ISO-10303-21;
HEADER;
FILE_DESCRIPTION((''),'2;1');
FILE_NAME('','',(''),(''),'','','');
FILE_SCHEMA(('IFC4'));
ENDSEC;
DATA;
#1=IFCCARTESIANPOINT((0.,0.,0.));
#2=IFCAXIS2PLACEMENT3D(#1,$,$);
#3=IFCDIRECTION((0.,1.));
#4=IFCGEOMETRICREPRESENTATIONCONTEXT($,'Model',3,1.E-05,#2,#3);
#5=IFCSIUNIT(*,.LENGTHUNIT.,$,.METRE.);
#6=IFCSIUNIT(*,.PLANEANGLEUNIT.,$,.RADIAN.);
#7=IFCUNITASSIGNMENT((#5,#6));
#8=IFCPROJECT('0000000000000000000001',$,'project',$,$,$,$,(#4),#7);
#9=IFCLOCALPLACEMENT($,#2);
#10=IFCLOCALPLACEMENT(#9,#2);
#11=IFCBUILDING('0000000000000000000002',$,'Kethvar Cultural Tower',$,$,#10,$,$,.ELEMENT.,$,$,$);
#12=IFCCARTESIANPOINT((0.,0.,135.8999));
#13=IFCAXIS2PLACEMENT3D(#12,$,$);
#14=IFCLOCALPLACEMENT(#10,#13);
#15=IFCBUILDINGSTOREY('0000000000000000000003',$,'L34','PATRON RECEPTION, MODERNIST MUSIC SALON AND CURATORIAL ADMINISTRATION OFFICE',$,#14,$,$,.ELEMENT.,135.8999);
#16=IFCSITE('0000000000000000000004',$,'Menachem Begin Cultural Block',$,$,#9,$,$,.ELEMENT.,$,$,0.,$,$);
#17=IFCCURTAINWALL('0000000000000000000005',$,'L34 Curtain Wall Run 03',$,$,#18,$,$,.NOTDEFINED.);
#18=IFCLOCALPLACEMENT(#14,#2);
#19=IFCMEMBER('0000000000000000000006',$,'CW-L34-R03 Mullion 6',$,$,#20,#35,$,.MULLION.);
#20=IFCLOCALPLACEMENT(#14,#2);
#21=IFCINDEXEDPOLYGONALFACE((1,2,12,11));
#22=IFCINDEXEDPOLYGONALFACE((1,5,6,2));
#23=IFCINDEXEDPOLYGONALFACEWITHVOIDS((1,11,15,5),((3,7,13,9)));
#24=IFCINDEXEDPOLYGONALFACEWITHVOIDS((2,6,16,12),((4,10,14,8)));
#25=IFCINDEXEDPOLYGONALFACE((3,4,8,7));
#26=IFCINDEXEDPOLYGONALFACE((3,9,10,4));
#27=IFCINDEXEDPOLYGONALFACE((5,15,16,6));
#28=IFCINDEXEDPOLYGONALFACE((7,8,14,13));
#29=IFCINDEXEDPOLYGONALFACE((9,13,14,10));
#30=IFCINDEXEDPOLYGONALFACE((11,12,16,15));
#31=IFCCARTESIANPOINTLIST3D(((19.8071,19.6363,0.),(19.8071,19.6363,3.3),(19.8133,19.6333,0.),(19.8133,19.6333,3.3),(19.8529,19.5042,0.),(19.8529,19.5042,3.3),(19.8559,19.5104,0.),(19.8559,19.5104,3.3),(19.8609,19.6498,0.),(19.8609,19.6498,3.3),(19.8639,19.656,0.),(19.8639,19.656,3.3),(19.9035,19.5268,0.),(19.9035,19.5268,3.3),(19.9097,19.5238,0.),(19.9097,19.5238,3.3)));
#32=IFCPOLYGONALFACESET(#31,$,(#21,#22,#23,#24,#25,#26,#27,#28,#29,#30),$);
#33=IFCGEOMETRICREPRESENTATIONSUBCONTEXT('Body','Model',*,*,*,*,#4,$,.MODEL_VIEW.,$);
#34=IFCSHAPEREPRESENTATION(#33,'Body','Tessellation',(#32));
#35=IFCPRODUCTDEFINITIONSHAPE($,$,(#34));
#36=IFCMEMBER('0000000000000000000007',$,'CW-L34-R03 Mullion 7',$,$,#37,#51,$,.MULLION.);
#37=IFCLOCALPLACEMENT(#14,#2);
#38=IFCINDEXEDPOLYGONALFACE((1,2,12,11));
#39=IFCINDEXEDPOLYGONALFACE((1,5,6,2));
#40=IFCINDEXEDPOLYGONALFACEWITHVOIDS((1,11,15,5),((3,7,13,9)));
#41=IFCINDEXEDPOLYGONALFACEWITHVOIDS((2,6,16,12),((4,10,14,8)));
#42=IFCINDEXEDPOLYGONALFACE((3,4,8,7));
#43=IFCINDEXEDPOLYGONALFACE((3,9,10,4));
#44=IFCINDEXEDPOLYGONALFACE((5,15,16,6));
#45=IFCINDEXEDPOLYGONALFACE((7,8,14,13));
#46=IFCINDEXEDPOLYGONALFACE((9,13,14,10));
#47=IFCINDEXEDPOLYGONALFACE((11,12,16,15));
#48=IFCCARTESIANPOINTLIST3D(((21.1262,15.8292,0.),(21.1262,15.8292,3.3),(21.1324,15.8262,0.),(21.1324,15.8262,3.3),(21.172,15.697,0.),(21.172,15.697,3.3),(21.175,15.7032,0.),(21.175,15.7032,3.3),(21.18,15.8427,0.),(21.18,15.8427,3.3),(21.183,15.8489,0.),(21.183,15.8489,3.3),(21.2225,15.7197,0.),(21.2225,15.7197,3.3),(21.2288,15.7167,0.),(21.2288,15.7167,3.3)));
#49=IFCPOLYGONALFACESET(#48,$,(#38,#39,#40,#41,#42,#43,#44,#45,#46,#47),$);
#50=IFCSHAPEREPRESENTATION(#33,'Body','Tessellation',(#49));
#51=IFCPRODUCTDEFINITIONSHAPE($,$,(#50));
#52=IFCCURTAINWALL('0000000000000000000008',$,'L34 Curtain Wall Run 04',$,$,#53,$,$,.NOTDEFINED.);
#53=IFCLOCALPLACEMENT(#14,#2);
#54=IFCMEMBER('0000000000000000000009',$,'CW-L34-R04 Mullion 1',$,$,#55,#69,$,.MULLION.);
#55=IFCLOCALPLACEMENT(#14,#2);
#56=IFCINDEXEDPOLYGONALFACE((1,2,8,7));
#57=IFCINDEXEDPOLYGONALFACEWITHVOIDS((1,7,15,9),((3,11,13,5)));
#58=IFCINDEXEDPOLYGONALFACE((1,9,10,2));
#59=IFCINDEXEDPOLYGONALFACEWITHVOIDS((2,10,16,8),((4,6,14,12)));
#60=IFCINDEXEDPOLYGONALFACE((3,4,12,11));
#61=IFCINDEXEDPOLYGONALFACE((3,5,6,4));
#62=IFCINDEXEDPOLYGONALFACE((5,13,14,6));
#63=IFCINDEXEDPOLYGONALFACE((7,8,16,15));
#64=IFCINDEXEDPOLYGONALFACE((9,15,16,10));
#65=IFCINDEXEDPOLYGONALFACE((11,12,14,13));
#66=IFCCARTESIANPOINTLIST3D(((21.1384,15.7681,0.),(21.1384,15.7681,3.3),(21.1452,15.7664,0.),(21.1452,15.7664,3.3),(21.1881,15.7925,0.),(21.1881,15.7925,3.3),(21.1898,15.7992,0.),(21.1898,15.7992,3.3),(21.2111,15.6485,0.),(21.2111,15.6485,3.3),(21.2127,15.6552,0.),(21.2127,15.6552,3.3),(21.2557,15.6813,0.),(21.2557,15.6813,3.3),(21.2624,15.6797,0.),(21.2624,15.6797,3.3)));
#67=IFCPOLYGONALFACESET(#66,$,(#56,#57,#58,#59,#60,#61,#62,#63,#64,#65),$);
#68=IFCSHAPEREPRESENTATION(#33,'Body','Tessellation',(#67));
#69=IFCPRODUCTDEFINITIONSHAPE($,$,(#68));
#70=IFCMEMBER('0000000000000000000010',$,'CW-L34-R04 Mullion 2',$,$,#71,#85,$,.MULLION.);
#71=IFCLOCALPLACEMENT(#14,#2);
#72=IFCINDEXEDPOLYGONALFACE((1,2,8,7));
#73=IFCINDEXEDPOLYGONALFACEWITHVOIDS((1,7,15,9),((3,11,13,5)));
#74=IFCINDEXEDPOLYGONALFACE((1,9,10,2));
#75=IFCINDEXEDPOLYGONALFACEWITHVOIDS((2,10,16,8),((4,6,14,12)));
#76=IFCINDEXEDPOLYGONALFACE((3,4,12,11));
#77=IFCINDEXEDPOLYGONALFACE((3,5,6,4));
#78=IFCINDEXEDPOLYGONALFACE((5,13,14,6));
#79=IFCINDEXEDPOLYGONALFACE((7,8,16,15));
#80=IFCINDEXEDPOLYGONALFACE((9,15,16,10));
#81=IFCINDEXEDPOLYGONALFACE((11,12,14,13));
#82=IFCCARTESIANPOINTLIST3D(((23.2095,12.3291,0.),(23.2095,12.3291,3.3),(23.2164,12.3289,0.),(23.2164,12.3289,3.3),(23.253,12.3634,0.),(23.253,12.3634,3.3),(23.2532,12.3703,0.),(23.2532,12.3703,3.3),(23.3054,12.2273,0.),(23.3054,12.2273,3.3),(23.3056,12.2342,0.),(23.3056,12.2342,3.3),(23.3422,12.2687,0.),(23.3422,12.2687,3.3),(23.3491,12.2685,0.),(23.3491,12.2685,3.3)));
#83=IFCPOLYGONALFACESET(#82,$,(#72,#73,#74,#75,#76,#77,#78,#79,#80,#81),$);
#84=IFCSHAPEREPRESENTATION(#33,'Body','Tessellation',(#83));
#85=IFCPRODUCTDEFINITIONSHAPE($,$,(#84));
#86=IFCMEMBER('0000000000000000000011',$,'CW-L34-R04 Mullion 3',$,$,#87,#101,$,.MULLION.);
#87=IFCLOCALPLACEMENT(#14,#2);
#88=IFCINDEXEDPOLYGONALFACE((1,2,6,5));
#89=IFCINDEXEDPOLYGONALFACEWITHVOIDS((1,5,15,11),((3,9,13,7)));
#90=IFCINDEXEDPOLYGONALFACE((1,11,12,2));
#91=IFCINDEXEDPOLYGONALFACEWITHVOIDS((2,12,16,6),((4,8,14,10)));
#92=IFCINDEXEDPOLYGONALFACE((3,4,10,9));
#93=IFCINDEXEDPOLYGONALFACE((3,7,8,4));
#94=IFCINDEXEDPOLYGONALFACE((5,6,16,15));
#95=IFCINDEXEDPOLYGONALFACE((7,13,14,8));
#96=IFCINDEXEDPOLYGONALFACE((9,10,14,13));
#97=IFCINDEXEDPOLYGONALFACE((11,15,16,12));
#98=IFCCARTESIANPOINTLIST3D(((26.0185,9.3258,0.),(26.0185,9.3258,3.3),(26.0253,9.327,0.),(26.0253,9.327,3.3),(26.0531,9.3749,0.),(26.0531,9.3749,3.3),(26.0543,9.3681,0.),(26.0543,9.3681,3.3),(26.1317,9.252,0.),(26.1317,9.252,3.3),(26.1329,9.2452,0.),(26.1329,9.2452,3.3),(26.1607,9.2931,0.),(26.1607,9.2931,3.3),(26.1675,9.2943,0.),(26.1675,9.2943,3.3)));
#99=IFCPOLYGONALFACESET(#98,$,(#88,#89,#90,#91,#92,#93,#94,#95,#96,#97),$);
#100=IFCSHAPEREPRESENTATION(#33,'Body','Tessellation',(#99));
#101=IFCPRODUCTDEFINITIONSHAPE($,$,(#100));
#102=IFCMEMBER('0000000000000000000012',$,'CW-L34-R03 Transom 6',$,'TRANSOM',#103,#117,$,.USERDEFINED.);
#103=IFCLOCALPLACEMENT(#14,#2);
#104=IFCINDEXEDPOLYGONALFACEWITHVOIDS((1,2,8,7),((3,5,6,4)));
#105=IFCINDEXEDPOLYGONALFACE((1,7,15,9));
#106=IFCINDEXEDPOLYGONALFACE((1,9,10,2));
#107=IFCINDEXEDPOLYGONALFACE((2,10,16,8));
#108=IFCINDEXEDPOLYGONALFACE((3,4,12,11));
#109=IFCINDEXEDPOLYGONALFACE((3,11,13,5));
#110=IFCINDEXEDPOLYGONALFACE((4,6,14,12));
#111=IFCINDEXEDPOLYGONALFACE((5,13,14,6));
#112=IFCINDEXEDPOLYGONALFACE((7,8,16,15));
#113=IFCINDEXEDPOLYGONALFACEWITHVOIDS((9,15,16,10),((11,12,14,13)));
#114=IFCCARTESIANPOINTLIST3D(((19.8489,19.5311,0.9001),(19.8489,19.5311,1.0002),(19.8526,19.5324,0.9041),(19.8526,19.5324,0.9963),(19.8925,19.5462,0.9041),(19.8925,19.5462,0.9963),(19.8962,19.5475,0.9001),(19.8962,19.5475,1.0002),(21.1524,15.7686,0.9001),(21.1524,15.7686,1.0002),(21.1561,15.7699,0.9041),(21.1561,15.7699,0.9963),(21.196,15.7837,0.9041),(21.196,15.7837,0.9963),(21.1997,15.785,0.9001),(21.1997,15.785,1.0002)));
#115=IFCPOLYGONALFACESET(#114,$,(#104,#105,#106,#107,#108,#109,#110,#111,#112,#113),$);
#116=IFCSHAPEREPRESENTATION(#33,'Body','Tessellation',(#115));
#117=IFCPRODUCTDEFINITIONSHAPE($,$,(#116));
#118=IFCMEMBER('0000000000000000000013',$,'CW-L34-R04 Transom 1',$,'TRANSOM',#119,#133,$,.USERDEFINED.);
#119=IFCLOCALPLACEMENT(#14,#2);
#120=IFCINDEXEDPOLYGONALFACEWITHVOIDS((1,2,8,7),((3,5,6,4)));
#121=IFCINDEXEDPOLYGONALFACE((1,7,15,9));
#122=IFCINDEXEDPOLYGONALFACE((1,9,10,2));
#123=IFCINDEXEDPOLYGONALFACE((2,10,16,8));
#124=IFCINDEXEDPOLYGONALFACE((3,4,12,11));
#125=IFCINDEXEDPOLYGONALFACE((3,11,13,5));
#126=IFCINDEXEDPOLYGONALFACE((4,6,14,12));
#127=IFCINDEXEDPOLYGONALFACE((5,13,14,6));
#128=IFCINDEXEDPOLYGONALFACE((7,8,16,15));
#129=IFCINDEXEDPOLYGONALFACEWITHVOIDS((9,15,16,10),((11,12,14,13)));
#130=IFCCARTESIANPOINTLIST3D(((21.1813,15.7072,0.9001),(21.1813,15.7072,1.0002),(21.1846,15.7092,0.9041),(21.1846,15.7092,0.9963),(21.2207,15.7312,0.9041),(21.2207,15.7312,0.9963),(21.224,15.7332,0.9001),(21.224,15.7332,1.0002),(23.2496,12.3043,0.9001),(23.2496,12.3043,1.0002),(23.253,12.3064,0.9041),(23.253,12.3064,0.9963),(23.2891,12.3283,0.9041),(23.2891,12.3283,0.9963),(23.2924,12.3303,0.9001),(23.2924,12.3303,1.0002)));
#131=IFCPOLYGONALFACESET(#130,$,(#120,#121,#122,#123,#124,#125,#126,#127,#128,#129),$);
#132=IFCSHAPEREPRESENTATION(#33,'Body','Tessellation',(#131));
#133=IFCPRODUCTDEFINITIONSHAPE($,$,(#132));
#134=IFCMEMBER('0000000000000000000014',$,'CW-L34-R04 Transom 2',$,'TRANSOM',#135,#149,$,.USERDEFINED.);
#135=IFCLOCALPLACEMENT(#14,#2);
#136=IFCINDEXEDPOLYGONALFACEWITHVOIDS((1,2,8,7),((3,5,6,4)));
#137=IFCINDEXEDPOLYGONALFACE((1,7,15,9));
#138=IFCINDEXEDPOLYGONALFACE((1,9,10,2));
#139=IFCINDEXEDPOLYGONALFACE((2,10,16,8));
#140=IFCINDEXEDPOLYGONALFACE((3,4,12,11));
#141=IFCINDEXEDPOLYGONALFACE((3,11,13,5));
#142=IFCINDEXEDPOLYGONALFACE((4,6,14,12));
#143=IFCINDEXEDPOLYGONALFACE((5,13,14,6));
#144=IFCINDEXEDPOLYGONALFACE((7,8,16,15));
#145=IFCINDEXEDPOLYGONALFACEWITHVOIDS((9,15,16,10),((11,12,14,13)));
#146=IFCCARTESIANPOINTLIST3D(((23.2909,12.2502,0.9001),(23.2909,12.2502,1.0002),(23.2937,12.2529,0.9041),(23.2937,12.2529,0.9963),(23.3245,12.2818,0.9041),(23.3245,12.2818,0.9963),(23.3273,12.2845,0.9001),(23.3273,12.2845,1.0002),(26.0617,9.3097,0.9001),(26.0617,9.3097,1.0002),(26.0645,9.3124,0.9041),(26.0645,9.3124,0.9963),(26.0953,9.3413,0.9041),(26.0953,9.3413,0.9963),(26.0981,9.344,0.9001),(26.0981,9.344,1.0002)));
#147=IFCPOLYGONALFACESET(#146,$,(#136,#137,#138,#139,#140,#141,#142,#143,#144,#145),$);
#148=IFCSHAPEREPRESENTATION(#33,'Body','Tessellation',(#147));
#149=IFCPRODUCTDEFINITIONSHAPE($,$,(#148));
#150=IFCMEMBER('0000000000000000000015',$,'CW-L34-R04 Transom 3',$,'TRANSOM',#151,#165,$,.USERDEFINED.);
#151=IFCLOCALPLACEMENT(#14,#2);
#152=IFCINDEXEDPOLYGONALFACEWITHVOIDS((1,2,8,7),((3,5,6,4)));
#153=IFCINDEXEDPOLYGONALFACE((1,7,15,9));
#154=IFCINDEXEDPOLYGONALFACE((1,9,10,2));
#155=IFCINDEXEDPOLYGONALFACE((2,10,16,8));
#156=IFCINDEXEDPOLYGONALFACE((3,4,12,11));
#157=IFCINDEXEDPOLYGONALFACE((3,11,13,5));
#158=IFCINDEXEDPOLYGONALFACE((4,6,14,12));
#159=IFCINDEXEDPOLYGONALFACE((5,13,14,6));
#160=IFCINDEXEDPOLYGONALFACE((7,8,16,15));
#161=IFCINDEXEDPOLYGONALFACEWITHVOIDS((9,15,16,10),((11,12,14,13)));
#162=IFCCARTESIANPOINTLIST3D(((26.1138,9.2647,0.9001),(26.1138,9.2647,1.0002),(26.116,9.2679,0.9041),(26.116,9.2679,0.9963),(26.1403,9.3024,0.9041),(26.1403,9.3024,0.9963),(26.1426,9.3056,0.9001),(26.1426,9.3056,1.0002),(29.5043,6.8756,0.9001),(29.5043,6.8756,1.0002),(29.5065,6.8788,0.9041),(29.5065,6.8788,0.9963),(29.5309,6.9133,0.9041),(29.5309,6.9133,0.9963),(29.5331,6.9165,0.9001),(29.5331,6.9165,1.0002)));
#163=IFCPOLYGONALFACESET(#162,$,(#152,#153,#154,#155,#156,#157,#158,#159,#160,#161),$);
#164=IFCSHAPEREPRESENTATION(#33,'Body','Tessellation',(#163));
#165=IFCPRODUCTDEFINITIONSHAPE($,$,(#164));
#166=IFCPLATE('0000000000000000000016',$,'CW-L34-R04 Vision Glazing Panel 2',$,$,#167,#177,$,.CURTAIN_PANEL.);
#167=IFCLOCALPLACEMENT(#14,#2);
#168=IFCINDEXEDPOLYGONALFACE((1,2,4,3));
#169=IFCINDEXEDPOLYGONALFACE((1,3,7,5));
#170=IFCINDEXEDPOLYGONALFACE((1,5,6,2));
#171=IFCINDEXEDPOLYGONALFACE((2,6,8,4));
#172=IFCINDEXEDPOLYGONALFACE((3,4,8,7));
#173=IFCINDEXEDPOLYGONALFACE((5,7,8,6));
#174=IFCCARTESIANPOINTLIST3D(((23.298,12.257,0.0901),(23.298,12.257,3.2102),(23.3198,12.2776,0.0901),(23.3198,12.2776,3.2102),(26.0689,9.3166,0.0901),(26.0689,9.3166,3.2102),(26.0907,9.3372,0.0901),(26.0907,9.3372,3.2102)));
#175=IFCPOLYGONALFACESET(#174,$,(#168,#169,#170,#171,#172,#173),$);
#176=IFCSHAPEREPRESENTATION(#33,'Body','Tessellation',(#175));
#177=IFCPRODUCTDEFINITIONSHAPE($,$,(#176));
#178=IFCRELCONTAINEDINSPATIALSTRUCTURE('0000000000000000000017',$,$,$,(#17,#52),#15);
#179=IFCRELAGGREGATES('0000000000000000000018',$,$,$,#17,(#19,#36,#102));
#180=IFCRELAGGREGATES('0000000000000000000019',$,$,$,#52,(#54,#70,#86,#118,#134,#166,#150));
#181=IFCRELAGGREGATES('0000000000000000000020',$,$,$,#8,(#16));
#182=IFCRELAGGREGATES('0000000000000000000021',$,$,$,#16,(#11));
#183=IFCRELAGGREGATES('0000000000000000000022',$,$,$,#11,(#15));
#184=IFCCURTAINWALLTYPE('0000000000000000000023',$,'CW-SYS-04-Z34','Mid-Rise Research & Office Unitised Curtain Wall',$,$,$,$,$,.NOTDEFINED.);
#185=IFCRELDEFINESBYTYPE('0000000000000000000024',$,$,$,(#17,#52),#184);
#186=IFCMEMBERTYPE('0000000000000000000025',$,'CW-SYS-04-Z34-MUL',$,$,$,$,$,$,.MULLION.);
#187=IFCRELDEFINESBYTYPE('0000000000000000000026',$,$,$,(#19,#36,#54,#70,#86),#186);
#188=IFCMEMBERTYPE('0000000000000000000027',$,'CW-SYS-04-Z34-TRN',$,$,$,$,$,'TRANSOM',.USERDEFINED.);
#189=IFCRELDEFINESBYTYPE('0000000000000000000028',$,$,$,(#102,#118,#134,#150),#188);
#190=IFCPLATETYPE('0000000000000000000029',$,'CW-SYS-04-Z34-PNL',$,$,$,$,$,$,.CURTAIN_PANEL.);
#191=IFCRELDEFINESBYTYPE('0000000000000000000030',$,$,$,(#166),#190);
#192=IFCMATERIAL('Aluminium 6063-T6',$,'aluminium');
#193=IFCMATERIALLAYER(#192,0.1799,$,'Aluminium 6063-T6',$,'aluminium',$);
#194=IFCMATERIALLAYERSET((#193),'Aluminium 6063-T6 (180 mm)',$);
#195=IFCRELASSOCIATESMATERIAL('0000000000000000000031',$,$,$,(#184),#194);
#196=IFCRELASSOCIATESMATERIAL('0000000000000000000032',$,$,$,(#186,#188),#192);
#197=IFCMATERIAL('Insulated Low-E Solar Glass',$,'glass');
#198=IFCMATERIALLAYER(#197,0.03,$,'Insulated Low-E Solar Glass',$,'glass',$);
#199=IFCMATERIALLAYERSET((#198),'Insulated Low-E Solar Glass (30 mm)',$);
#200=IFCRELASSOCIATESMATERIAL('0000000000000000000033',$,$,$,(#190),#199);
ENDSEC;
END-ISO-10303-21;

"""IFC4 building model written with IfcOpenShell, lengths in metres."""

from ifc_helpers import new_model, si_unit, direction, frame, origin, origin_2d, place, context, subcontext, project, spatial, rectangle, hollow_rectangle, extrude, source, transform, mapped, material, layer, layer_set, material_profile, profile_set, type_object, element, aggregate, save


model = new_model("IFC4")

# Units and contexts
model_context = context("Model", 3, precision=1e-05, world=origin(), true_north=direction((0.0, 1.0)))
body_context = subcontext(model_context, "Body", "Model", "MODEL_VIEW")
ifc_project = project(units=[si_unit("LENGTHUNIT", "METRE"), si_unit("PLANEANGLEUNIT", "RADIAN")], contexts=[model_context])

# Site, building, storey
site_placement = place(None, origin())
site = spatial("IfcSite", under=ifc_project, at=site_placement, Name="Menachem Begin Cultural Block", CompositionType="ELEMENT", RefElevation=0.0)
building_placement = place(site_placement, origin())
building = spatial("IfcBuilding", under=site, at=building_placement, Name="Kethvar Cultural Tower", CompositionType="ELEMENT")
storey_placement = place(building_placement, frame((0.0, 0.0, 135.8999)))
storey = spatial("IfcBuildingStorey", under=building, at=storey_placement, Name="L34", Description="PATRON RECEPTION, MODERNIST MUSIC SALON AND CURATORIAL ADMINISTRATION OFFICE", CompositionType="ELEMENT", Elevation=135.8999)

# Curtain walls, members
ifc_material_1 = material(Name="Aluminium 6063-T6", Category="aluminium")
ifc_layer_1 = layer(ifc_material_1, 0.1799, Name="Aluminium 6063-T6", Category="aluminium")
ifc_layer_set_1 = layer_set([ifc_layer_1], Name="Aluminium 6063-T6 (180 mm)")
curtain_wall_type = type_object("IfcCurtainWallType", Name="CW-SYS-04-Z34", Description="Mid-Rise Research & Office Unitised Curtain Wall", PredefinedType="NOTDEFINED", material=ifc_layer_set_1)
curtain_wall_1_placement = place(storey_placement, origin())
curtain_wall_1 = element("IfcCurtainWall", 1, at=curtain_wall_1_placement, inside=storey, type_object=curtain_wall_type, Name="L34 Curtain Wall Run 03", PredefinedType="NOTDEFINED")
ifc_material_profile_1 = material_profile(ifc_material_1, hollow_rectangle(XDim=0.0601, YDim=0.1399, WallThickness=0.0049, at=origin_2d()), Name="Aluminium 6063-T6 — RHS140x60x5")
ifc_profile_set_1 = profile_set([ifc_material_profile_1], Name="Aluminium 6063-T6 — RHS140x60x5")
member_type_1 = type_object("IfcMemberType", Name="CW-SYS-04-Z34-MUL", PredefinedType="MULLION", material=ifc_profile_set_1)
shared_shape_1 = source(origin(), body_context, "Body", "SweptSolid", [
    extrude(hollow_rectangle(XDim=0.0601, YDim=0.1399, WallThickness=0.0049, at=origin_2d()), origin(), (0.0, 0.0, 1.0), 3.3),
])
member_1_placement = place(storey_placement, frame((19.8584, 19.5801, 0.0), z_axis=(0.0, 0.0, 1.0), x_axis=(0.944903, 0.32735, 0.0)))
member_1 = element("IfcMember", 2, at=member_1_placement, type_object=member_type_1, Name="CW-L34-R03 Mullion 6", PredefinedType="MULLION", context=body_context, shape_type="MappedRepresentation", body=[
    mapped(shared_shape_1, transform((0.0, 0.0, 0.0), scale=1.0)),
])
member_2_placement = place(storey_placement, frame((21.1775, 15.7729, 0.0), z_axis=(0.0, 0.0, 1.0), x_axis=(0.944903, 0.32735, 0.0)))
member_2 = element("IfcMember", 3, at=member_2_placement, type_object=member_type_1, Name="CW-L34-R03 Mullion 7", PredefinedType="MULLION", context=body_context, shape_type="MappedRepresentation", body=[
    mapped(shared_shape_1, transform((0.0, 0.0, 0.0), scale=1.0)),
])
curtain_wall_2_placement = place(storey_placement, origin())
curtain_wall_2 = element("IfcCurtainWall", 4, at=curtain_wall_2_placement, inside=storey, type_object=curtain_wall_type, Name="L34 Curtain Wall Run 04", PredefinedType="NOTDEFINED")
member_3_placement = place(storey_placement, frame((21.2004, 15.7239, 0.0), z_axis=(0.0, 0.0, 1.0), x_axis=(0.854531, 0.5194, 0.0)))
member_3 = element("IfcMember", 5, at=member_3_placement, type_object=member_type_1, Name="CW-L34-R04 Mullion 1", PredefinedType="MULLION", context=body_context, shape_type="MappedRepresentation", body=[
    mapped(shared_shape_1, transform((0.0, 0.0, 0.0), scale=1.0)),
])
member_4_placement = place(storey_placement, frame((23.2793, 12.2988, 0.0), z_axis=(0.0, 0.0, 1.0), x_axis=(0.727773, 0.685818, 0.0)))
member_4 = element("IfcMember", 6, at=member_4_placement, type_object=member_type_1, Name="CW-L34-R04 Mullion 2", PredefinedType="MULLION", context=body_context, shape_type="MappedRepresentation", body=[
    mapped(shared_shape_1, transform((0.0, 0.0, 0.0), scale=1.0)),
])
member_5_placement = place(storey_placement, frame((26.093, 9.3101, 0.0), z_axis=(0.0, 0.0, 1.0), x_axis=(0.575976, 0.817467, 0.0)))
member_5 = element("IfcMember", 7, at=member_5_placement, type_object=member_type_1, Name="CW-L34-R04 Mullion 3", PredefinedType="MULLION", context=body_context, shape_type="MappedRepresentation", body=[
    mapped(shared_shape_1, transform((0.0, 0.0, 0.0), scale=1.0)),
])

# Members
ifc_material_profile_2 = material_profile(ifc_material_1, hollow_rectangle(XDim=0.05, YDim=0.1001, WallThickness=0.0039, at=origin_2d()), Name="Aluminium 6063-T6 — RHS100x50x4")
ifc_profile_set_2 = profile_set([ifc_material_profile_2], Name="Aluminium 6063-T6 — RHS100x50x4")
member_type_2 = type_object("IfcMemberType", Name="CW-SYS-04-Z34-TRN", ElementType="TRANSOM", PredefinedType="USERDEFINED", material=ifc_profile_set_2)
shared_shape_2 = source(origin(), body_context, "Body", "SweptSolid", [
    extrude(hollow_rectangle(XDim=0.05, YDim=0.1001, WallThickness=0.0039, at=origin_2d()), origin(), (0.0, 0.0, 1.0), 3.9819),
])
member_6_placement = place(storey_placement, frame((19.8726, 19.5393, 0.9502), z_axis=(0.327353, -0.944902, 0.0), x_axis=(0.944902, 0.327353, 0.0)))
member_6 = element("IfcMember", 8, at=member_6_placement, type_object=member_type_2, Name="CW-L34-R03 Transom 6", ObjectType="TRANSOM", PredefinedType="USERDEFINED", context=body_context, shape_type="MappedRepresentation", body=[
    mapped(shared_shape_2, transform((0.0, 0.0, 0.0), scale=1.0)),
])
shared_shape_3 = source(origin(), body_context, "Body", "SweptSolid", [
    extrude(hollow_rectangle(XDim=0.05, YDim=0.1001, WallThickness=0.0039, at=origin_2d()), origin(), (0.0, 0.0, 1.0), 3.9822),
])
member_7_placement = place(storey_placement, frame((21.2026, 15.7202, 0.9502), z_axis=(0.51941, -0.854525, 0.0), x_axis=(0.854525, 0.51941, 0.0)))
member_7 = element("IfcMember", 9, at=member_7_placement, type_object=member_type_2, Name="CW-L34-R04 Transom 1", ObjectType="TRANSOM", PredefinedType="USERDEFINED", context=body_context, shape_type="MappedRepresentation", body=[
    mapped(shared_shape_3, transform((0.0, 0.0, 0.0), scale=1.0)),
])
shared_shape_4 = source(origin(), body_context, "Body", "SweptSolid", [
    extrude(hollow_rectangle(XDim=0.05, YDim=0.1001, WallThickness=0.0039, at=origin_2d()), origin(), (0.0, 0.0, 1.0), 4.0403),
])
member_8_placement = place(storey_placement, frame((23.3091, 12.2673, 0.9502), z_axis=(0.685796, -0.727794, 0.0), x_axis=(0.727794, 0.685796, 0.0)))
member_8 = element("IfcMember", 10, at=member_8_placement, type_object=member_type_2, Name="CW-L34-R04 Transom 2", ObjectType="TRANSOM", PredefinedType="USERDEFINED", context=body_context, shape_type="MappedRepresentation", body=[
    mapped(shared_shape_4, transform((0.0, 0.0, 0.0), scale=1.0)),
])
shared_shape_5 = source(origin(), body_context, "Body", "SweptSolid", [
    extrude(hollow_rectangle(XDim=0.05, YDim=0.1001, WallThickness=0.0039, at=origin_2d()), origin(), (0.0, 0.0, 1.0), 4.1477),
])
member_9_placement = place(storey_placement, frame((26.1282, 9.2852, 0.9502), z_axis=(0.817447, -0.576004, 0.0), x_axis=(0.576004, 0.817447, 0.0)))
member_9 = element("IfcMember", 11, at=member_9_placement, type_object=member_type_2, Name="CW-L34-R04 Transom 3", ObjectType="TRANSOM", PredefinedType="USERDEFINED", context=body_context, shape_type="MappedRepresentation", body=[
    mapped(shared_shape_5, transform((0.0, 0.0, 0.0), scale=1.0)),
])

# Plate
ifc_material_2 = material(Name="Insulated Low-E Solar Glass", Category="glass")
ifc_layer_2 = layer(ifc_material_2, 0.03, Name="Insulated Low-E Solar Glass", Category="glass")
ifc_layer_set_2 = layer_set([ifc_layer_2], Name="Insulated Low-E Solar Glass (30 mm)")
plate_type = type_object("IfcPlateType", Name="CW-SYS-04-Z34-PNL", PredefinedType="CURTAIN_PANEL", material=ifc_layer_set_2)
shared_shape_6 = source(origin(), body_context, "Body", "SweptSolid", [
    extrude(rectangle(XDim=4.0403, YDim=0.03, at=origin_2d()), origin(), (0.0, 0.0, 1.0), 3.1201),
])
plate_1_placement = place(storey_placement, frame((24.6943, 10.7971, 0.0901), z_axis=(0.0, 0.0, 1.0), x_axis=(0.685818, -0.727773, 0.0)))
plate_1 = element("IfcPlate", 12, at=plate_1_placement, type_object=plate_type, Name="CW-L34-R04 Vision Glazing Panel 2", PredefinedType="CURTAIN_PANEL", context=body_context, shape_type="MappedRepresentation", body=[
    mapped(shared_shape_6, transform((0.0, 0.0, 0.0), scale=1.0)),
])
aggregate(curtain_wall_1, [member_1, member_2, member_6])
aggregate(curtain_wall_2, [member_3, member_4, member_5, member_7, member_8, plate_1, member_9])

save(model, "model.ifc")
